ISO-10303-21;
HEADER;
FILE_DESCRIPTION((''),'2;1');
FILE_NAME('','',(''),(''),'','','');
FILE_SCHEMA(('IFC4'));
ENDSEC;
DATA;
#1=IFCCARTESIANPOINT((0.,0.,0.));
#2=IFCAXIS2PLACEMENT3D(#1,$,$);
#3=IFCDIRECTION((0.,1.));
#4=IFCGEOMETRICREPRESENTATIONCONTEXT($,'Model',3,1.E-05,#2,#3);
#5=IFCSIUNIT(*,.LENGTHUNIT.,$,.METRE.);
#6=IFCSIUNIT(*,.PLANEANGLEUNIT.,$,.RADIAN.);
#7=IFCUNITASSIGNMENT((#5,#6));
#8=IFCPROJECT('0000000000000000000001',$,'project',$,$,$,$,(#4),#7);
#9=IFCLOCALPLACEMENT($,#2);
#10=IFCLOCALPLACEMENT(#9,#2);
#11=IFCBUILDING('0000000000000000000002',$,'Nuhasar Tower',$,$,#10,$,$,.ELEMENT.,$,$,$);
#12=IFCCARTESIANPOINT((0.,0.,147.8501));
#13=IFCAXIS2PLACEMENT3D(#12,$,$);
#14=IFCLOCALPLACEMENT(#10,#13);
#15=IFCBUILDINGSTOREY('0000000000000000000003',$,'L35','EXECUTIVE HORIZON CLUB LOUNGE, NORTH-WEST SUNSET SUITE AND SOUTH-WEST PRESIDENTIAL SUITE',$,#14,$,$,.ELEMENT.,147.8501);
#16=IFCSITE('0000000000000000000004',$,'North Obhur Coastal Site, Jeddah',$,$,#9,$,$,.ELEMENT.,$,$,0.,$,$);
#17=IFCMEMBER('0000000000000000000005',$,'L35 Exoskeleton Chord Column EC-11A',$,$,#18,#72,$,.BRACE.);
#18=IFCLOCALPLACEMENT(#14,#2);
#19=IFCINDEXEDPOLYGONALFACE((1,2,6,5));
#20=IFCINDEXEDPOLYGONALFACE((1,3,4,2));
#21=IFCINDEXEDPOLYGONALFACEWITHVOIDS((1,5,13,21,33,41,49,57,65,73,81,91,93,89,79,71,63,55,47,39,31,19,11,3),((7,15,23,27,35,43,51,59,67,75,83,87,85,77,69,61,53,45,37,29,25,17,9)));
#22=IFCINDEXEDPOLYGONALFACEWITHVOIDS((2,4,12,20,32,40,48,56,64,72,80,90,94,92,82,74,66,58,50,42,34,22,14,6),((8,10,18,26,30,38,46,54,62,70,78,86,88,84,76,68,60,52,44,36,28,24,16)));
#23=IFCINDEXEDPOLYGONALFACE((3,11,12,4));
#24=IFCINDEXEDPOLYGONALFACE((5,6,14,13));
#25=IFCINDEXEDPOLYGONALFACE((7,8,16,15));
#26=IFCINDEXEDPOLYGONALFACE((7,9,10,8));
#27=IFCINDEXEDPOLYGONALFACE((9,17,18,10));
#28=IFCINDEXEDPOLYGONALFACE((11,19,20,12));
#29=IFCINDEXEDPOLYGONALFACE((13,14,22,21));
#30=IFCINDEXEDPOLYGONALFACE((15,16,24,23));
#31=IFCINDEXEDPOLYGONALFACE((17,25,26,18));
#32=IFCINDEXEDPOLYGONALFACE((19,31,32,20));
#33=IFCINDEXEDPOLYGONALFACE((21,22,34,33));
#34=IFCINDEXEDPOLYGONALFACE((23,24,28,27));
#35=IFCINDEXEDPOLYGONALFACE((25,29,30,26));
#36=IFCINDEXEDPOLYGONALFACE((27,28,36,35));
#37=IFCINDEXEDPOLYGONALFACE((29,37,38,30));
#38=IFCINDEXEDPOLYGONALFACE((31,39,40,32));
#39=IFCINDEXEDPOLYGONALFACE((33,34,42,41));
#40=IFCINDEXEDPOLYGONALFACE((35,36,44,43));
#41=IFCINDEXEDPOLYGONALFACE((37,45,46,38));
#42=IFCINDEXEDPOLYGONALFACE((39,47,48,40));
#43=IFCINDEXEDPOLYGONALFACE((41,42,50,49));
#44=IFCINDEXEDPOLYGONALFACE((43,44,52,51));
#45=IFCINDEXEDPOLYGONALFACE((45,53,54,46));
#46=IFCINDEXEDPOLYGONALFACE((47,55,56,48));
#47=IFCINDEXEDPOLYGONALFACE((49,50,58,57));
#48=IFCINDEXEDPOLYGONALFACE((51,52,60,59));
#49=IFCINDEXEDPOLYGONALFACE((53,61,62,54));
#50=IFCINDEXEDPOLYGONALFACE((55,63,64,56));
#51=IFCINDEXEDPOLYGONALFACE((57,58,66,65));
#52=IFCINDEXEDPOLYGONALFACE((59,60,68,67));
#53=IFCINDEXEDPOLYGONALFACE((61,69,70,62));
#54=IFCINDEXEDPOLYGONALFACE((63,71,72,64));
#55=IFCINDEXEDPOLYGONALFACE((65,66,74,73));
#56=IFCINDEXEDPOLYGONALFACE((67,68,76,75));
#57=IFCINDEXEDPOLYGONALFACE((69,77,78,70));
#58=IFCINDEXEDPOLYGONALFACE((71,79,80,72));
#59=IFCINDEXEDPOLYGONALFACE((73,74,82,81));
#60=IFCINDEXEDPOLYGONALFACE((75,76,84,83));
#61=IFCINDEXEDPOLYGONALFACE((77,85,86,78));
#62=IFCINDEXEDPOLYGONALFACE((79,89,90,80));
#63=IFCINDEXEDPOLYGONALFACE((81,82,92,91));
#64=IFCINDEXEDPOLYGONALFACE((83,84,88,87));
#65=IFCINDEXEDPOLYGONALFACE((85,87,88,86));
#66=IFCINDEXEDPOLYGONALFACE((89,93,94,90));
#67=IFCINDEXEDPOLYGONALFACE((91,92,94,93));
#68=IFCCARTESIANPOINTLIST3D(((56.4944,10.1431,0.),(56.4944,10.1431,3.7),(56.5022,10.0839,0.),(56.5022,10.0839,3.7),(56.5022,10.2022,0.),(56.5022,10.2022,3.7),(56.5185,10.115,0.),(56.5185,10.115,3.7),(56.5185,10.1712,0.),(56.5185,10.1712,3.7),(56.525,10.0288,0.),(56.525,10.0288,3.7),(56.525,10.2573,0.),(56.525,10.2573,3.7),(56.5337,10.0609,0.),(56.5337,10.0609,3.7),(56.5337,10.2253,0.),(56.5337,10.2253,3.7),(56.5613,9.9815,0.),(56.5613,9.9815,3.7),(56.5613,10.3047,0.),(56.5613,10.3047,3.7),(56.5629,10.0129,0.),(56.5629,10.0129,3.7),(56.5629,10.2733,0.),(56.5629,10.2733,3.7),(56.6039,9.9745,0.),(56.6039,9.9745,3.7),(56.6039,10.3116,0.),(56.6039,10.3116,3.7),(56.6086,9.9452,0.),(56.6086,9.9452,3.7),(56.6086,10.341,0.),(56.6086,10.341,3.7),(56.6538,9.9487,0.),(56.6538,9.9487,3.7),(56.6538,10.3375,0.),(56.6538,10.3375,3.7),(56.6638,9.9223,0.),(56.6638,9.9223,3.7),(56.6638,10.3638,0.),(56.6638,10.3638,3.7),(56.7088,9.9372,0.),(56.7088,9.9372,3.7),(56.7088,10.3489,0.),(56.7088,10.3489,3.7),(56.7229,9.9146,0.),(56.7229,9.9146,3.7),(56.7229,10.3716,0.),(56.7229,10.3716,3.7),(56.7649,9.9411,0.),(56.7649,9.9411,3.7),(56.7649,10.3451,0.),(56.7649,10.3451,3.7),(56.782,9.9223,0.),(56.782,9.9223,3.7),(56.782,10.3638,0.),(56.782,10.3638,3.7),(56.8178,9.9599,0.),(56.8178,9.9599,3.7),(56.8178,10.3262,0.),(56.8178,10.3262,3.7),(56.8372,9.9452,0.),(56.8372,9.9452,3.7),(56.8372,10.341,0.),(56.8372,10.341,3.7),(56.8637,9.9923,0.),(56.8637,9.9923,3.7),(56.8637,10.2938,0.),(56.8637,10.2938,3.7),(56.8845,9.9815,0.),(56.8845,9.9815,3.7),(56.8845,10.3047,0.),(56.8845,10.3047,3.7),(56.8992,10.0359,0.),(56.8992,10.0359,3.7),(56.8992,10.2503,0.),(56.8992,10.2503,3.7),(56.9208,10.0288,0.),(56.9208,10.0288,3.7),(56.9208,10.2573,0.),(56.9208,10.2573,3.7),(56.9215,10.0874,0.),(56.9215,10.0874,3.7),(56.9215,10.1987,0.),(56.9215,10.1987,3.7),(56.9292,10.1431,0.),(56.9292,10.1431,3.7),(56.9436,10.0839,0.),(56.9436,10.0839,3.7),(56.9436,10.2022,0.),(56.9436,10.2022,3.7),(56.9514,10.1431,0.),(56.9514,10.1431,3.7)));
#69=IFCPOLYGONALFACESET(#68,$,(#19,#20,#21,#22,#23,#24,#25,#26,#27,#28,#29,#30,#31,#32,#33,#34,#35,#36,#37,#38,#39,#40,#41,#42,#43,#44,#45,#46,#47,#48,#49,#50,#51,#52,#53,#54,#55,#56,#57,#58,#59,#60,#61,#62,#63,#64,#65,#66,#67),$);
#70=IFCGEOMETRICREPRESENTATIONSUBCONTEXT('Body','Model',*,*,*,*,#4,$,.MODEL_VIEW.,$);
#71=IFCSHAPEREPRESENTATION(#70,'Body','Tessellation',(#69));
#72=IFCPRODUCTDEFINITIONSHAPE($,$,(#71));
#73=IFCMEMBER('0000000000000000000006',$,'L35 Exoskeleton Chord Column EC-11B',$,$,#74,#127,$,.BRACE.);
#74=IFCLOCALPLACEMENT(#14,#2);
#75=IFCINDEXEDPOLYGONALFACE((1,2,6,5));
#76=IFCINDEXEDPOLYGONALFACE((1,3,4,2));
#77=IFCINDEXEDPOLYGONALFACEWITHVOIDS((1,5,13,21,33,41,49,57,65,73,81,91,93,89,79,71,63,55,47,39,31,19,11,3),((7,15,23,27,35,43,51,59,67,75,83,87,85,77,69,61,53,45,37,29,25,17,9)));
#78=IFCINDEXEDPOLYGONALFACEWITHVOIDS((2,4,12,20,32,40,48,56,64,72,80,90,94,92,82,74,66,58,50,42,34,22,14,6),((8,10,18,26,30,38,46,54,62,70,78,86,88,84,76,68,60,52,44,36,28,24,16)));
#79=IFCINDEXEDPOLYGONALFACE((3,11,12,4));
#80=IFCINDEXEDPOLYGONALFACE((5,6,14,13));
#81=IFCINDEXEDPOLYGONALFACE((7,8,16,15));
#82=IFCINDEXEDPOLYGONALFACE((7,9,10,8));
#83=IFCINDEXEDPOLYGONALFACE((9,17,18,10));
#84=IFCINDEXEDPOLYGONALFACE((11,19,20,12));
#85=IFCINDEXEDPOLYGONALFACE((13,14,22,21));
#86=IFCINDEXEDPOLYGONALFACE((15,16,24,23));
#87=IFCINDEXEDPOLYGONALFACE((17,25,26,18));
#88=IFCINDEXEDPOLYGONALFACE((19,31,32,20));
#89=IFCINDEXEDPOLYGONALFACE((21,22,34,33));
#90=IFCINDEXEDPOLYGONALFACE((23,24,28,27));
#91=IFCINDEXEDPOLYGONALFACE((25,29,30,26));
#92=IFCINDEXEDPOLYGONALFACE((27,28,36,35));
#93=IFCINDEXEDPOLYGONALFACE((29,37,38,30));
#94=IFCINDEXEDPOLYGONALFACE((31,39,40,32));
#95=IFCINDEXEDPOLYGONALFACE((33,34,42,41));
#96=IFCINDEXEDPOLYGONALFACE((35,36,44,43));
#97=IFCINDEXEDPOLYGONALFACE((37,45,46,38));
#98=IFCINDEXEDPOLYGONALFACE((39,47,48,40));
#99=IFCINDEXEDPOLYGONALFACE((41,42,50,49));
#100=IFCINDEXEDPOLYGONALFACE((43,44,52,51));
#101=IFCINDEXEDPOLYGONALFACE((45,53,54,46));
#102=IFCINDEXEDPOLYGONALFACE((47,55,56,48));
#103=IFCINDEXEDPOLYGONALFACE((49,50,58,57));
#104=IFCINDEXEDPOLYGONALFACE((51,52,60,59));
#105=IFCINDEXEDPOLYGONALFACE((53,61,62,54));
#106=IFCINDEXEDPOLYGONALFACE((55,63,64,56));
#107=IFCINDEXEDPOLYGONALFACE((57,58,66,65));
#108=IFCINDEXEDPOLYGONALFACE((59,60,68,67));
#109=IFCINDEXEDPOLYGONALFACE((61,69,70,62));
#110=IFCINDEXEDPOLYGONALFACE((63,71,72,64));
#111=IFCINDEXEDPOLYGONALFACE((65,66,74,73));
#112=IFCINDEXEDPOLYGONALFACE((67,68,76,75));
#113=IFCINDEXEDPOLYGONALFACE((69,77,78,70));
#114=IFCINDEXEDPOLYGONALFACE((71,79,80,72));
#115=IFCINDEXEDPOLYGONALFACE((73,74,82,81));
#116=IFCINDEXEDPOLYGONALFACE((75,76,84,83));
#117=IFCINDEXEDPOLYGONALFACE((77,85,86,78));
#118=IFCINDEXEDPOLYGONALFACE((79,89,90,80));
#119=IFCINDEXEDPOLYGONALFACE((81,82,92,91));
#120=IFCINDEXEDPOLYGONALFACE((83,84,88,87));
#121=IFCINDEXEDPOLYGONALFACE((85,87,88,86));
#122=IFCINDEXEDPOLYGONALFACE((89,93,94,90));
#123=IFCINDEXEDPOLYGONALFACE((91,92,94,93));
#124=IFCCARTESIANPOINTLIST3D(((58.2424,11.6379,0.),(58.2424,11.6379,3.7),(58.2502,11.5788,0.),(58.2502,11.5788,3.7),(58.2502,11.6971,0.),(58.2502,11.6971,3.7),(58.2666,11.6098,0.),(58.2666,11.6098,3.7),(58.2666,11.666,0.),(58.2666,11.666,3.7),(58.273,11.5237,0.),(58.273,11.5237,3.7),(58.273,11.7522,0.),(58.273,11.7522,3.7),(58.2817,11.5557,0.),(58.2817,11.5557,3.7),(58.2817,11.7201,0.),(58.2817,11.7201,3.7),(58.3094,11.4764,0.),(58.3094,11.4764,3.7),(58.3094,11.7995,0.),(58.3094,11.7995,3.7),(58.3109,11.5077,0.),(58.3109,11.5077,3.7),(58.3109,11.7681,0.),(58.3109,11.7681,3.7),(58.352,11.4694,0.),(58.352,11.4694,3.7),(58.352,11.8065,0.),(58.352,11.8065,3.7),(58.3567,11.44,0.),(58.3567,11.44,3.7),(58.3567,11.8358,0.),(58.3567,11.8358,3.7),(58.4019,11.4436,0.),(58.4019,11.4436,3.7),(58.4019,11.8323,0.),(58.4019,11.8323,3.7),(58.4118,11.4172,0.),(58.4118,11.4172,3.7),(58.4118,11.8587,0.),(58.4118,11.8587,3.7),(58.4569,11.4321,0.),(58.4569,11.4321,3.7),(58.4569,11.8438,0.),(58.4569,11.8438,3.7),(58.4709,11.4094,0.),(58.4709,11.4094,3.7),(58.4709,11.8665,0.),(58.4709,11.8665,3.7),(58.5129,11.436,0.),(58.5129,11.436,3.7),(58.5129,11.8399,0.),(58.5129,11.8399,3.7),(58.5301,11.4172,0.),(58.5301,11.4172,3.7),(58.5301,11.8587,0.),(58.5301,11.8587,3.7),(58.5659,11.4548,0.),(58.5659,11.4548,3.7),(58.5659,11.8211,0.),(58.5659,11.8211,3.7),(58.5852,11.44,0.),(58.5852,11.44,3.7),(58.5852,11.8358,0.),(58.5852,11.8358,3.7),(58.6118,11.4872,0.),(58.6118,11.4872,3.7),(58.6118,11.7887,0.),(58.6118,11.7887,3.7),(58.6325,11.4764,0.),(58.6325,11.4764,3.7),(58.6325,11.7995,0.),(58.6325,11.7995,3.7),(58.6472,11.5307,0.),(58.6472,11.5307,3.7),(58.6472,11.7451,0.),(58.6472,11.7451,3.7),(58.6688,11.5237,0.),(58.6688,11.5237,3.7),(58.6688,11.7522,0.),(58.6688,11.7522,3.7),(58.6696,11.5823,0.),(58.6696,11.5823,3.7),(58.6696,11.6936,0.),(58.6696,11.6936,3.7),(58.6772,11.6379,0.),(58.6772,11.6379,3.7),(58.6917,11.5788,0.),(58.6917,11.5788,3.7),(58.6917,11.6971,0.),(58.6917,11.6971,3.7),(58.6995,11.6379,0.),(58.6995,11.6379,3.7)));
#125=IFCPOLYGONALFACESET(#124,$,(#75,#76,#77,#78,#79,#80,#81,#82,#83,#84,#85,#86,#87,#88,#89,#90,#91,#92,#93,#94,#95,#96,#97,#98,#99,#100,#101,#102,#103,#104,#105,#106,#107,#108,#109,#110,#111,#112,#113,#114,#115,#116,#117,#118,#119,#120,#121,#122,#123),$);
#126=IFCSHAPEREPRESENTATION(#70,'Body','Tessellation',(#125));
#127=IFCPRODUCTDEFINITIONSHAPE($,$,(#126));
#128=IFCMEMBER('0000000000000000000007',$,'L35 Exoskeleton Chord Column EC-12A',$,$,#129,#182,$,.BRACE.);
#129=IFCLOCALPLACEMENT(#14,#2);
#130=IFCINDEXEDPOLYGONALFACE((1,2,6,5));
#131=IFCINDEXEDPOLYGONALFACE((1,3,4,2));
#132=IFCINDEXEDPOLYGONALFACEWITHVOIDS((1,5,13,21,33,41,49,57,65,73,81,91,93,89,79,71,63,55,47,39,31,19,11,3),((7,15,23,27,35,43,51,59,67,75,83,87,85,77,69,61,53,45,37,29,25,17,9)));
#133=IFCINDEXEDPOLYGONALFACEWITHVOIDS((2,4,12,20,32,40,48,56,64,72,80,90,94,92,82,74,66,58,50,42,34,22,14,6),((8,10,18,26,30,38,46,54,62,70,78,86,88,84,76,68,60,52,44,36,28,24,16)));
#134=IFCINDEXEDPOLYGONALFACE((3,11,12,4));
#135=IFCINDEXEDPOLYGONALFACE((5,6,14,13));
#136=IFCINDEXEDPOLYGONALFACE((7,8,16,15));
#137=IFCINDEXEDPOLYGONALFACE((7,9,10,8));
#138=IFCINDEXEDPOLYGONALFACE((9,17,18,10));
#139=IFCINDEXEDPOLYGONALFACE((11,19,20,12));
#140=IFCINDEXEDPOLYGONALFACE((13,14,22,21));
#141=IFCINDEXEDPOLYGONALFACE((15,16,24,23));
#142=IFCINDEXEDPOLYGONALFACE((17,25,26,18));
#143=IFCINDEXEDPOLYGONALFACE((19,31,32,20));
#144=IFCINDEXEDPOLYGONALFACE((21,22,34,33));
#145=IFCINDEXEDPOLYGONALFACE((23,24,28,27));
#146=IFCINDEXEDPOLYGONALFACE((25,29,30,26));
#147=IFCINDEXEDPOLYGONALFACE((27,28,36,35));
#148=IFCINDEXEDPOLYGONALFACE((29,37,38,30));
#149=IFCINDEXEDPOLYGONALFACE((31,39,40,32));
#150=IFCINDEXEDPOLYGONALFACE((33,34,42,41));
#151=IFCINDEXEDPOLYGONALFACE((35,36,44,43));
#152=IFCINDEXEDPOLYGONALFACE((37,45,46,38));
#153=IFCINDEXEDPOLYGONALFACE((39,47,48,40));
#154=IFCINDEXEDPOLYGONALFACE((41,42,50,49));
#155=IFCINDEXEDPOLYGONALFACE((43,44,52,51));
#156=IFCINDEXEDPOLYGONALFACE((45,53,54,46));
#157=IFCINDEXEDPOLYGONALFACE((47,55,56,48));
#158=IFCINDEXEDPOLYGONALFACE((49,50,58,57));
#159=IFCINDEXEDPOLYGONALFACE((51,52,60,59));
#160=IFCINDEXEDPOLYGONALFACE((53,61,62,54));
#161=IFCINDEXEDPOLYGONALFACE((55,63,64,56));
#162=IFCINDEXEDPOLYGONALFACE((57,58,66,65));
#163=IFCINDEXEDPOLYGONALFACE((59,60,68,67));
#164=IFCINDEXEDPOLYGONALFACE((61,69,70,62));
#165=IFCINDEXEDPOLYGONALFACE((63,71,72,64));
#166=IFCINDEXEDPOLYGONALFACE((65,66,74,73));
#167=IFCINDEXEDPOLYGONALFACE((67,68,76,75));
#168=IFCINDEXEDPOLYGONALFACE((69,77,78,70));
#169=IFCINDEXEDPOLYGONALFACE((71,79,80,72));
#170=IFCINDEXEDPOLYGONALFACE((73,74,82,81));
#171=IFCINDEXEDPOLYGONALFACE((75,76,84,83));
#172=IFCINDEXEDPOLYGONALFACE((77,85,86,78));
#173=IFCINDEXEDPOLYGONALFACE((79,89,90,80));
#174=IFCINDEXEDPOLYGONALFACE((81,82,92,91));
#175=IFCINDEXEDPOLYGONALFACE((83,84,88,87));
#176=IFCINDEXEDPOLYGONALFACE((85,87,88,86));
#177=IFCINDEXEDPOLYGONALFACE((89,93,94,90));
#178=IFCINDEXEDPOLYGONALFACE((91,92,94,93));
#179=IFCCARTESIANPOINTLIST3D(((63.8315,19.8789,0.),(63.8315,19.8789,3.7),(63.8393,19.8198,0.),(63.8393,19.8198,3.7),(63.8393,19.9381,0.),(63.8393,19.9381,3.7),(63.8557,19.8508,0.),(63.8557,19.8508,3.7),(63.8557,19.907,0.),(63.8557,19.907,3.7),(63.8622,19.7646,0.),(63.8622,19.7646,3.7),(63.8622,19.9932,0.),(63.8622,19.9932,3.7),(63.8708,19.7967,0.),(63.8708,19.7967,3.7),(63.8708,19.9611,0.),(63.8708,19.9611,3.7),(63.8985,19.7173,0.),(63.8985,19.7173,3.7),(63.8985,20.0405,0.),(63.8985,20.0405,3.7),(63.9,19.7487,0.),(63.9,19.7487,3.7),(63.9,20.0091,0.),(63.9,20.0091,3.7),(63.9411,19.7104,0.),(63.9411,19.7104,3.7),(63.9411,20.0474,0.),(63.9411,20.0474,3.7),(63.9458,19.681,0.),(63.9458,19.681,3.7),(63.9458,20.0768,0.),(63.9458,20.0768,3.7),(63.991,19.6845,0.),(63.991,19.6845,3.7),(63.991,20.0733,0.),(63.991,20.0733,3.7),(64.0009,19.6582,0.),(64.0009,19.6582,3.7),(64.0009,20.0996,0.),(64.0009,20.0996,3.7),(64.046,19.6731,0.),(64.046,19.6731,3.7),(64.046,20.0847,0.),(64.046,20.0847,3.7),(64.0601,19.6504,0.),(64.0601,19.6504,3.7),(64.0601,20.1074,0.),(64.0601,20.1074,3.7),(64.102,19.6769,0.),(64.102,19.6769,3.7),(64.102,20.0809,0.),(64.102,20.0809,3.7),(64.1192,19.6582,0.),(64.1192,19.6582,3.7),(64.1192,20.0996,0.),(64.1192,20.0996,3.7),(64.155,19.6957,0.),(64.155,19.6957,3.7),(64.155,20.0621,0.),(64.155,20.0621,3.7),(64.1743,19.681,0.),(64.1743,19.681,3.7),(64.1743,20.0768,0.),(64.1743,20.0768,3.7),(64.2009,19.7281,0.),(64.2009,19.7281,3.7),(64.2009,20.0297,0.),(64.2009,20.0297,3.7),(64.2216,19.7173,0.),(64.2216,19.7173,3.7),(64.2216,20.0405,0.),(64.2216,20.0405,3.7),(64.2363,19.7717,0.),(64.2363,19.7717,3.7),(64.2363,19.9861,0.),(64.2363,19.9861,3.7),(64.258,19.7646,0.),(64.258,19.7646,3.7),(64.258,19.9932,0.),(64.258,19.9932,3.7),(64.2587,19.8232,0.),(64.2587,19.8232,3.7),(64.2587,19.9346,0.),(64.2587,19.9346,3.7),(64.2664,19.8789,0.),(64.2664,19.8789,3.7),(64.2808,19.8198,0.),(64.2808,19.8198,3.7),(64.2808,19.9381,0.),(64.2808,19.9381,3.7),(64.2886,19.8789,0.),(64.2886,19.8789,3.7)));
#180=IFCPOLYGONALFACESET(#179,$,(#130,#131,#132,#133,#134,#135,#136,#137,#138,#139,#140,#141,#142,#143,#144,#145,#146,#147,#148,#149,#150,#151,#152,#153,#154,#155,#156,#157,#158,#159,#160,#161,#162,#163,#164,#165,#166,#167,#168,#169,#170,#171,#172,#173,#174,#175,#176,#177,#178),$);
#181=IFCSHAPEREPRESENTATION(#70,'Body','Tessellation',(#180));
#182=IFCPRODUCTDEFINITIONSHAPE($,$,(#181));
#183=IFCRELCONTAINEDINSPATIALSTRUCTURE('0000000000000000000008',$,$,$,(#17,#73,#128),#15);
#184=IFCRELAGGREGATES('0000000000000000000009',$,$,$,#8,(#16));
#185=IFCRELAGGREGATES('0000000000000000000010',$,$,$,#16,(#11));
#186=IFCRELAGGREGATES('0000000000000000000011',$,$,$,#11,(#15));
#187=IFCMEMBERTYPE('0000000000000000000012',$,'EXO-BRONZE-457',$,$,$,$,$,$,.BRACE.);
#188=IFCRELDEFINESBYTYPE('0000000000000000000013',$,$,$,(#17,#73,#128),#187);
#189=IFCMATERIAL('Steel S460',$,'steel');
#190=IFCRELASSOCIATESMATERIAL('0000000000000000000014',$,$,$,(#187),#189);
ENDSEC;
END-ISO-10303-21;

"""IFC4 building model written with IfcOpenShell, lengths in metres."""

from ifc_helpers import new_model, si_unit, direction, frame, origin, origin_2d, place, context, subcontext, project, spatial, hollow_circle, extrude, material, material_profile, profile_set, type_object, element, save


model = new_model("IFC4")

# Units and contexts
model_context = context("Model", 3, precision=1e-05, world=origin(), true_north=direction((0.0, 1.0)))
body_context = subcontext(model_context, "Body", "Model", "MODEL_VIEW")
ifc_project = project(units=[si_unit("LENGTHUNIT", "METRE"), si_unit("PLANEANGLEUNIT", "RADIAN")], contexts=[model_context])

# Site, building, storey
site_placement = place(None, origin())
site = spatial("IfcSite", under=ifc_project, at=site_placement, Name="North Obhur Coastal Site, Jeddah", CompositionType="ELEMENT", RefElevation=0.0)
building_placement = place(site_placement, origin())
building = spatial("IfcBuilding", under=site, at=building_placement, Name="Nuhasar Tower", CompositionType="ELEMENT")
storey_placement = place(building_placement, frame((0.0, 0.0, 147.8501)))
storey = spatial("IfcBuildingStorey", under=building, at=storey_placement, Name="L35", Description="EXECUTIVE HORIZON CLUB LOUNGE, NORTH-WEST SUNSET SUITE AND SOUTH-WEST PRESIDENTIAL SUITE", CompositionType="ELEMENT", Elevation=147.8501)

# Members
ifc_material_1 = material(Name="Steel S460", Category="steel")
ifc_material_profile_1 = material_profile(ifc_material_1, hollow_circle(Radius=0.2285, WallThickness=0.0222, at=origin_2d()), Name="HSS457X22.2")
ifc_profile_set_1 = profile_set([ifc_material_profile_1], Name="Steel S460")
member_type_1 = type_object("IfcMemberType", Name="EXO-BRONZE-457", PredefinedType="BRACE", material=ifc_profile_set_1)
for number, where, z_axis, x_axis, name in (
    (1, (56.7229, 10.1431, 0.0), (0.0, 0.0, 1.0), (1.0, 0.0, 0.0), "L35 Exoskeleton Chord Column EC-11A"),
    (2, (58.4709, 11.6379, 0.0), (0.0, 0.0, 1.0), (1.0, 0.0, 0.0), "L35 Exoskeleton Chord Column EC-11B"),
    (3, (64.0601, 19.8789, 0.0), (0.0, 0.0, 1.0), (1.0, 0.0, 0.0), "L35 Exoskeleton Chord Column EC-12A"),
):
    element("IfcMember", number, at=place(storey_placement, frame(where, z_axis=z_axis, x_axis=x_axis)), inside=storey, type_object=member_type_1, Name=name, PredefinedType="BRACE", context=body_context, shape_type="SweptSolid", body=[
        extrude(hollow_circle(Radius=0.2285, WallThickness=0.0222, at=origin_2d()), origin(), (0.0, 0.0, 1.0), 3.7),
    ])

save(model, "model.ifc")
